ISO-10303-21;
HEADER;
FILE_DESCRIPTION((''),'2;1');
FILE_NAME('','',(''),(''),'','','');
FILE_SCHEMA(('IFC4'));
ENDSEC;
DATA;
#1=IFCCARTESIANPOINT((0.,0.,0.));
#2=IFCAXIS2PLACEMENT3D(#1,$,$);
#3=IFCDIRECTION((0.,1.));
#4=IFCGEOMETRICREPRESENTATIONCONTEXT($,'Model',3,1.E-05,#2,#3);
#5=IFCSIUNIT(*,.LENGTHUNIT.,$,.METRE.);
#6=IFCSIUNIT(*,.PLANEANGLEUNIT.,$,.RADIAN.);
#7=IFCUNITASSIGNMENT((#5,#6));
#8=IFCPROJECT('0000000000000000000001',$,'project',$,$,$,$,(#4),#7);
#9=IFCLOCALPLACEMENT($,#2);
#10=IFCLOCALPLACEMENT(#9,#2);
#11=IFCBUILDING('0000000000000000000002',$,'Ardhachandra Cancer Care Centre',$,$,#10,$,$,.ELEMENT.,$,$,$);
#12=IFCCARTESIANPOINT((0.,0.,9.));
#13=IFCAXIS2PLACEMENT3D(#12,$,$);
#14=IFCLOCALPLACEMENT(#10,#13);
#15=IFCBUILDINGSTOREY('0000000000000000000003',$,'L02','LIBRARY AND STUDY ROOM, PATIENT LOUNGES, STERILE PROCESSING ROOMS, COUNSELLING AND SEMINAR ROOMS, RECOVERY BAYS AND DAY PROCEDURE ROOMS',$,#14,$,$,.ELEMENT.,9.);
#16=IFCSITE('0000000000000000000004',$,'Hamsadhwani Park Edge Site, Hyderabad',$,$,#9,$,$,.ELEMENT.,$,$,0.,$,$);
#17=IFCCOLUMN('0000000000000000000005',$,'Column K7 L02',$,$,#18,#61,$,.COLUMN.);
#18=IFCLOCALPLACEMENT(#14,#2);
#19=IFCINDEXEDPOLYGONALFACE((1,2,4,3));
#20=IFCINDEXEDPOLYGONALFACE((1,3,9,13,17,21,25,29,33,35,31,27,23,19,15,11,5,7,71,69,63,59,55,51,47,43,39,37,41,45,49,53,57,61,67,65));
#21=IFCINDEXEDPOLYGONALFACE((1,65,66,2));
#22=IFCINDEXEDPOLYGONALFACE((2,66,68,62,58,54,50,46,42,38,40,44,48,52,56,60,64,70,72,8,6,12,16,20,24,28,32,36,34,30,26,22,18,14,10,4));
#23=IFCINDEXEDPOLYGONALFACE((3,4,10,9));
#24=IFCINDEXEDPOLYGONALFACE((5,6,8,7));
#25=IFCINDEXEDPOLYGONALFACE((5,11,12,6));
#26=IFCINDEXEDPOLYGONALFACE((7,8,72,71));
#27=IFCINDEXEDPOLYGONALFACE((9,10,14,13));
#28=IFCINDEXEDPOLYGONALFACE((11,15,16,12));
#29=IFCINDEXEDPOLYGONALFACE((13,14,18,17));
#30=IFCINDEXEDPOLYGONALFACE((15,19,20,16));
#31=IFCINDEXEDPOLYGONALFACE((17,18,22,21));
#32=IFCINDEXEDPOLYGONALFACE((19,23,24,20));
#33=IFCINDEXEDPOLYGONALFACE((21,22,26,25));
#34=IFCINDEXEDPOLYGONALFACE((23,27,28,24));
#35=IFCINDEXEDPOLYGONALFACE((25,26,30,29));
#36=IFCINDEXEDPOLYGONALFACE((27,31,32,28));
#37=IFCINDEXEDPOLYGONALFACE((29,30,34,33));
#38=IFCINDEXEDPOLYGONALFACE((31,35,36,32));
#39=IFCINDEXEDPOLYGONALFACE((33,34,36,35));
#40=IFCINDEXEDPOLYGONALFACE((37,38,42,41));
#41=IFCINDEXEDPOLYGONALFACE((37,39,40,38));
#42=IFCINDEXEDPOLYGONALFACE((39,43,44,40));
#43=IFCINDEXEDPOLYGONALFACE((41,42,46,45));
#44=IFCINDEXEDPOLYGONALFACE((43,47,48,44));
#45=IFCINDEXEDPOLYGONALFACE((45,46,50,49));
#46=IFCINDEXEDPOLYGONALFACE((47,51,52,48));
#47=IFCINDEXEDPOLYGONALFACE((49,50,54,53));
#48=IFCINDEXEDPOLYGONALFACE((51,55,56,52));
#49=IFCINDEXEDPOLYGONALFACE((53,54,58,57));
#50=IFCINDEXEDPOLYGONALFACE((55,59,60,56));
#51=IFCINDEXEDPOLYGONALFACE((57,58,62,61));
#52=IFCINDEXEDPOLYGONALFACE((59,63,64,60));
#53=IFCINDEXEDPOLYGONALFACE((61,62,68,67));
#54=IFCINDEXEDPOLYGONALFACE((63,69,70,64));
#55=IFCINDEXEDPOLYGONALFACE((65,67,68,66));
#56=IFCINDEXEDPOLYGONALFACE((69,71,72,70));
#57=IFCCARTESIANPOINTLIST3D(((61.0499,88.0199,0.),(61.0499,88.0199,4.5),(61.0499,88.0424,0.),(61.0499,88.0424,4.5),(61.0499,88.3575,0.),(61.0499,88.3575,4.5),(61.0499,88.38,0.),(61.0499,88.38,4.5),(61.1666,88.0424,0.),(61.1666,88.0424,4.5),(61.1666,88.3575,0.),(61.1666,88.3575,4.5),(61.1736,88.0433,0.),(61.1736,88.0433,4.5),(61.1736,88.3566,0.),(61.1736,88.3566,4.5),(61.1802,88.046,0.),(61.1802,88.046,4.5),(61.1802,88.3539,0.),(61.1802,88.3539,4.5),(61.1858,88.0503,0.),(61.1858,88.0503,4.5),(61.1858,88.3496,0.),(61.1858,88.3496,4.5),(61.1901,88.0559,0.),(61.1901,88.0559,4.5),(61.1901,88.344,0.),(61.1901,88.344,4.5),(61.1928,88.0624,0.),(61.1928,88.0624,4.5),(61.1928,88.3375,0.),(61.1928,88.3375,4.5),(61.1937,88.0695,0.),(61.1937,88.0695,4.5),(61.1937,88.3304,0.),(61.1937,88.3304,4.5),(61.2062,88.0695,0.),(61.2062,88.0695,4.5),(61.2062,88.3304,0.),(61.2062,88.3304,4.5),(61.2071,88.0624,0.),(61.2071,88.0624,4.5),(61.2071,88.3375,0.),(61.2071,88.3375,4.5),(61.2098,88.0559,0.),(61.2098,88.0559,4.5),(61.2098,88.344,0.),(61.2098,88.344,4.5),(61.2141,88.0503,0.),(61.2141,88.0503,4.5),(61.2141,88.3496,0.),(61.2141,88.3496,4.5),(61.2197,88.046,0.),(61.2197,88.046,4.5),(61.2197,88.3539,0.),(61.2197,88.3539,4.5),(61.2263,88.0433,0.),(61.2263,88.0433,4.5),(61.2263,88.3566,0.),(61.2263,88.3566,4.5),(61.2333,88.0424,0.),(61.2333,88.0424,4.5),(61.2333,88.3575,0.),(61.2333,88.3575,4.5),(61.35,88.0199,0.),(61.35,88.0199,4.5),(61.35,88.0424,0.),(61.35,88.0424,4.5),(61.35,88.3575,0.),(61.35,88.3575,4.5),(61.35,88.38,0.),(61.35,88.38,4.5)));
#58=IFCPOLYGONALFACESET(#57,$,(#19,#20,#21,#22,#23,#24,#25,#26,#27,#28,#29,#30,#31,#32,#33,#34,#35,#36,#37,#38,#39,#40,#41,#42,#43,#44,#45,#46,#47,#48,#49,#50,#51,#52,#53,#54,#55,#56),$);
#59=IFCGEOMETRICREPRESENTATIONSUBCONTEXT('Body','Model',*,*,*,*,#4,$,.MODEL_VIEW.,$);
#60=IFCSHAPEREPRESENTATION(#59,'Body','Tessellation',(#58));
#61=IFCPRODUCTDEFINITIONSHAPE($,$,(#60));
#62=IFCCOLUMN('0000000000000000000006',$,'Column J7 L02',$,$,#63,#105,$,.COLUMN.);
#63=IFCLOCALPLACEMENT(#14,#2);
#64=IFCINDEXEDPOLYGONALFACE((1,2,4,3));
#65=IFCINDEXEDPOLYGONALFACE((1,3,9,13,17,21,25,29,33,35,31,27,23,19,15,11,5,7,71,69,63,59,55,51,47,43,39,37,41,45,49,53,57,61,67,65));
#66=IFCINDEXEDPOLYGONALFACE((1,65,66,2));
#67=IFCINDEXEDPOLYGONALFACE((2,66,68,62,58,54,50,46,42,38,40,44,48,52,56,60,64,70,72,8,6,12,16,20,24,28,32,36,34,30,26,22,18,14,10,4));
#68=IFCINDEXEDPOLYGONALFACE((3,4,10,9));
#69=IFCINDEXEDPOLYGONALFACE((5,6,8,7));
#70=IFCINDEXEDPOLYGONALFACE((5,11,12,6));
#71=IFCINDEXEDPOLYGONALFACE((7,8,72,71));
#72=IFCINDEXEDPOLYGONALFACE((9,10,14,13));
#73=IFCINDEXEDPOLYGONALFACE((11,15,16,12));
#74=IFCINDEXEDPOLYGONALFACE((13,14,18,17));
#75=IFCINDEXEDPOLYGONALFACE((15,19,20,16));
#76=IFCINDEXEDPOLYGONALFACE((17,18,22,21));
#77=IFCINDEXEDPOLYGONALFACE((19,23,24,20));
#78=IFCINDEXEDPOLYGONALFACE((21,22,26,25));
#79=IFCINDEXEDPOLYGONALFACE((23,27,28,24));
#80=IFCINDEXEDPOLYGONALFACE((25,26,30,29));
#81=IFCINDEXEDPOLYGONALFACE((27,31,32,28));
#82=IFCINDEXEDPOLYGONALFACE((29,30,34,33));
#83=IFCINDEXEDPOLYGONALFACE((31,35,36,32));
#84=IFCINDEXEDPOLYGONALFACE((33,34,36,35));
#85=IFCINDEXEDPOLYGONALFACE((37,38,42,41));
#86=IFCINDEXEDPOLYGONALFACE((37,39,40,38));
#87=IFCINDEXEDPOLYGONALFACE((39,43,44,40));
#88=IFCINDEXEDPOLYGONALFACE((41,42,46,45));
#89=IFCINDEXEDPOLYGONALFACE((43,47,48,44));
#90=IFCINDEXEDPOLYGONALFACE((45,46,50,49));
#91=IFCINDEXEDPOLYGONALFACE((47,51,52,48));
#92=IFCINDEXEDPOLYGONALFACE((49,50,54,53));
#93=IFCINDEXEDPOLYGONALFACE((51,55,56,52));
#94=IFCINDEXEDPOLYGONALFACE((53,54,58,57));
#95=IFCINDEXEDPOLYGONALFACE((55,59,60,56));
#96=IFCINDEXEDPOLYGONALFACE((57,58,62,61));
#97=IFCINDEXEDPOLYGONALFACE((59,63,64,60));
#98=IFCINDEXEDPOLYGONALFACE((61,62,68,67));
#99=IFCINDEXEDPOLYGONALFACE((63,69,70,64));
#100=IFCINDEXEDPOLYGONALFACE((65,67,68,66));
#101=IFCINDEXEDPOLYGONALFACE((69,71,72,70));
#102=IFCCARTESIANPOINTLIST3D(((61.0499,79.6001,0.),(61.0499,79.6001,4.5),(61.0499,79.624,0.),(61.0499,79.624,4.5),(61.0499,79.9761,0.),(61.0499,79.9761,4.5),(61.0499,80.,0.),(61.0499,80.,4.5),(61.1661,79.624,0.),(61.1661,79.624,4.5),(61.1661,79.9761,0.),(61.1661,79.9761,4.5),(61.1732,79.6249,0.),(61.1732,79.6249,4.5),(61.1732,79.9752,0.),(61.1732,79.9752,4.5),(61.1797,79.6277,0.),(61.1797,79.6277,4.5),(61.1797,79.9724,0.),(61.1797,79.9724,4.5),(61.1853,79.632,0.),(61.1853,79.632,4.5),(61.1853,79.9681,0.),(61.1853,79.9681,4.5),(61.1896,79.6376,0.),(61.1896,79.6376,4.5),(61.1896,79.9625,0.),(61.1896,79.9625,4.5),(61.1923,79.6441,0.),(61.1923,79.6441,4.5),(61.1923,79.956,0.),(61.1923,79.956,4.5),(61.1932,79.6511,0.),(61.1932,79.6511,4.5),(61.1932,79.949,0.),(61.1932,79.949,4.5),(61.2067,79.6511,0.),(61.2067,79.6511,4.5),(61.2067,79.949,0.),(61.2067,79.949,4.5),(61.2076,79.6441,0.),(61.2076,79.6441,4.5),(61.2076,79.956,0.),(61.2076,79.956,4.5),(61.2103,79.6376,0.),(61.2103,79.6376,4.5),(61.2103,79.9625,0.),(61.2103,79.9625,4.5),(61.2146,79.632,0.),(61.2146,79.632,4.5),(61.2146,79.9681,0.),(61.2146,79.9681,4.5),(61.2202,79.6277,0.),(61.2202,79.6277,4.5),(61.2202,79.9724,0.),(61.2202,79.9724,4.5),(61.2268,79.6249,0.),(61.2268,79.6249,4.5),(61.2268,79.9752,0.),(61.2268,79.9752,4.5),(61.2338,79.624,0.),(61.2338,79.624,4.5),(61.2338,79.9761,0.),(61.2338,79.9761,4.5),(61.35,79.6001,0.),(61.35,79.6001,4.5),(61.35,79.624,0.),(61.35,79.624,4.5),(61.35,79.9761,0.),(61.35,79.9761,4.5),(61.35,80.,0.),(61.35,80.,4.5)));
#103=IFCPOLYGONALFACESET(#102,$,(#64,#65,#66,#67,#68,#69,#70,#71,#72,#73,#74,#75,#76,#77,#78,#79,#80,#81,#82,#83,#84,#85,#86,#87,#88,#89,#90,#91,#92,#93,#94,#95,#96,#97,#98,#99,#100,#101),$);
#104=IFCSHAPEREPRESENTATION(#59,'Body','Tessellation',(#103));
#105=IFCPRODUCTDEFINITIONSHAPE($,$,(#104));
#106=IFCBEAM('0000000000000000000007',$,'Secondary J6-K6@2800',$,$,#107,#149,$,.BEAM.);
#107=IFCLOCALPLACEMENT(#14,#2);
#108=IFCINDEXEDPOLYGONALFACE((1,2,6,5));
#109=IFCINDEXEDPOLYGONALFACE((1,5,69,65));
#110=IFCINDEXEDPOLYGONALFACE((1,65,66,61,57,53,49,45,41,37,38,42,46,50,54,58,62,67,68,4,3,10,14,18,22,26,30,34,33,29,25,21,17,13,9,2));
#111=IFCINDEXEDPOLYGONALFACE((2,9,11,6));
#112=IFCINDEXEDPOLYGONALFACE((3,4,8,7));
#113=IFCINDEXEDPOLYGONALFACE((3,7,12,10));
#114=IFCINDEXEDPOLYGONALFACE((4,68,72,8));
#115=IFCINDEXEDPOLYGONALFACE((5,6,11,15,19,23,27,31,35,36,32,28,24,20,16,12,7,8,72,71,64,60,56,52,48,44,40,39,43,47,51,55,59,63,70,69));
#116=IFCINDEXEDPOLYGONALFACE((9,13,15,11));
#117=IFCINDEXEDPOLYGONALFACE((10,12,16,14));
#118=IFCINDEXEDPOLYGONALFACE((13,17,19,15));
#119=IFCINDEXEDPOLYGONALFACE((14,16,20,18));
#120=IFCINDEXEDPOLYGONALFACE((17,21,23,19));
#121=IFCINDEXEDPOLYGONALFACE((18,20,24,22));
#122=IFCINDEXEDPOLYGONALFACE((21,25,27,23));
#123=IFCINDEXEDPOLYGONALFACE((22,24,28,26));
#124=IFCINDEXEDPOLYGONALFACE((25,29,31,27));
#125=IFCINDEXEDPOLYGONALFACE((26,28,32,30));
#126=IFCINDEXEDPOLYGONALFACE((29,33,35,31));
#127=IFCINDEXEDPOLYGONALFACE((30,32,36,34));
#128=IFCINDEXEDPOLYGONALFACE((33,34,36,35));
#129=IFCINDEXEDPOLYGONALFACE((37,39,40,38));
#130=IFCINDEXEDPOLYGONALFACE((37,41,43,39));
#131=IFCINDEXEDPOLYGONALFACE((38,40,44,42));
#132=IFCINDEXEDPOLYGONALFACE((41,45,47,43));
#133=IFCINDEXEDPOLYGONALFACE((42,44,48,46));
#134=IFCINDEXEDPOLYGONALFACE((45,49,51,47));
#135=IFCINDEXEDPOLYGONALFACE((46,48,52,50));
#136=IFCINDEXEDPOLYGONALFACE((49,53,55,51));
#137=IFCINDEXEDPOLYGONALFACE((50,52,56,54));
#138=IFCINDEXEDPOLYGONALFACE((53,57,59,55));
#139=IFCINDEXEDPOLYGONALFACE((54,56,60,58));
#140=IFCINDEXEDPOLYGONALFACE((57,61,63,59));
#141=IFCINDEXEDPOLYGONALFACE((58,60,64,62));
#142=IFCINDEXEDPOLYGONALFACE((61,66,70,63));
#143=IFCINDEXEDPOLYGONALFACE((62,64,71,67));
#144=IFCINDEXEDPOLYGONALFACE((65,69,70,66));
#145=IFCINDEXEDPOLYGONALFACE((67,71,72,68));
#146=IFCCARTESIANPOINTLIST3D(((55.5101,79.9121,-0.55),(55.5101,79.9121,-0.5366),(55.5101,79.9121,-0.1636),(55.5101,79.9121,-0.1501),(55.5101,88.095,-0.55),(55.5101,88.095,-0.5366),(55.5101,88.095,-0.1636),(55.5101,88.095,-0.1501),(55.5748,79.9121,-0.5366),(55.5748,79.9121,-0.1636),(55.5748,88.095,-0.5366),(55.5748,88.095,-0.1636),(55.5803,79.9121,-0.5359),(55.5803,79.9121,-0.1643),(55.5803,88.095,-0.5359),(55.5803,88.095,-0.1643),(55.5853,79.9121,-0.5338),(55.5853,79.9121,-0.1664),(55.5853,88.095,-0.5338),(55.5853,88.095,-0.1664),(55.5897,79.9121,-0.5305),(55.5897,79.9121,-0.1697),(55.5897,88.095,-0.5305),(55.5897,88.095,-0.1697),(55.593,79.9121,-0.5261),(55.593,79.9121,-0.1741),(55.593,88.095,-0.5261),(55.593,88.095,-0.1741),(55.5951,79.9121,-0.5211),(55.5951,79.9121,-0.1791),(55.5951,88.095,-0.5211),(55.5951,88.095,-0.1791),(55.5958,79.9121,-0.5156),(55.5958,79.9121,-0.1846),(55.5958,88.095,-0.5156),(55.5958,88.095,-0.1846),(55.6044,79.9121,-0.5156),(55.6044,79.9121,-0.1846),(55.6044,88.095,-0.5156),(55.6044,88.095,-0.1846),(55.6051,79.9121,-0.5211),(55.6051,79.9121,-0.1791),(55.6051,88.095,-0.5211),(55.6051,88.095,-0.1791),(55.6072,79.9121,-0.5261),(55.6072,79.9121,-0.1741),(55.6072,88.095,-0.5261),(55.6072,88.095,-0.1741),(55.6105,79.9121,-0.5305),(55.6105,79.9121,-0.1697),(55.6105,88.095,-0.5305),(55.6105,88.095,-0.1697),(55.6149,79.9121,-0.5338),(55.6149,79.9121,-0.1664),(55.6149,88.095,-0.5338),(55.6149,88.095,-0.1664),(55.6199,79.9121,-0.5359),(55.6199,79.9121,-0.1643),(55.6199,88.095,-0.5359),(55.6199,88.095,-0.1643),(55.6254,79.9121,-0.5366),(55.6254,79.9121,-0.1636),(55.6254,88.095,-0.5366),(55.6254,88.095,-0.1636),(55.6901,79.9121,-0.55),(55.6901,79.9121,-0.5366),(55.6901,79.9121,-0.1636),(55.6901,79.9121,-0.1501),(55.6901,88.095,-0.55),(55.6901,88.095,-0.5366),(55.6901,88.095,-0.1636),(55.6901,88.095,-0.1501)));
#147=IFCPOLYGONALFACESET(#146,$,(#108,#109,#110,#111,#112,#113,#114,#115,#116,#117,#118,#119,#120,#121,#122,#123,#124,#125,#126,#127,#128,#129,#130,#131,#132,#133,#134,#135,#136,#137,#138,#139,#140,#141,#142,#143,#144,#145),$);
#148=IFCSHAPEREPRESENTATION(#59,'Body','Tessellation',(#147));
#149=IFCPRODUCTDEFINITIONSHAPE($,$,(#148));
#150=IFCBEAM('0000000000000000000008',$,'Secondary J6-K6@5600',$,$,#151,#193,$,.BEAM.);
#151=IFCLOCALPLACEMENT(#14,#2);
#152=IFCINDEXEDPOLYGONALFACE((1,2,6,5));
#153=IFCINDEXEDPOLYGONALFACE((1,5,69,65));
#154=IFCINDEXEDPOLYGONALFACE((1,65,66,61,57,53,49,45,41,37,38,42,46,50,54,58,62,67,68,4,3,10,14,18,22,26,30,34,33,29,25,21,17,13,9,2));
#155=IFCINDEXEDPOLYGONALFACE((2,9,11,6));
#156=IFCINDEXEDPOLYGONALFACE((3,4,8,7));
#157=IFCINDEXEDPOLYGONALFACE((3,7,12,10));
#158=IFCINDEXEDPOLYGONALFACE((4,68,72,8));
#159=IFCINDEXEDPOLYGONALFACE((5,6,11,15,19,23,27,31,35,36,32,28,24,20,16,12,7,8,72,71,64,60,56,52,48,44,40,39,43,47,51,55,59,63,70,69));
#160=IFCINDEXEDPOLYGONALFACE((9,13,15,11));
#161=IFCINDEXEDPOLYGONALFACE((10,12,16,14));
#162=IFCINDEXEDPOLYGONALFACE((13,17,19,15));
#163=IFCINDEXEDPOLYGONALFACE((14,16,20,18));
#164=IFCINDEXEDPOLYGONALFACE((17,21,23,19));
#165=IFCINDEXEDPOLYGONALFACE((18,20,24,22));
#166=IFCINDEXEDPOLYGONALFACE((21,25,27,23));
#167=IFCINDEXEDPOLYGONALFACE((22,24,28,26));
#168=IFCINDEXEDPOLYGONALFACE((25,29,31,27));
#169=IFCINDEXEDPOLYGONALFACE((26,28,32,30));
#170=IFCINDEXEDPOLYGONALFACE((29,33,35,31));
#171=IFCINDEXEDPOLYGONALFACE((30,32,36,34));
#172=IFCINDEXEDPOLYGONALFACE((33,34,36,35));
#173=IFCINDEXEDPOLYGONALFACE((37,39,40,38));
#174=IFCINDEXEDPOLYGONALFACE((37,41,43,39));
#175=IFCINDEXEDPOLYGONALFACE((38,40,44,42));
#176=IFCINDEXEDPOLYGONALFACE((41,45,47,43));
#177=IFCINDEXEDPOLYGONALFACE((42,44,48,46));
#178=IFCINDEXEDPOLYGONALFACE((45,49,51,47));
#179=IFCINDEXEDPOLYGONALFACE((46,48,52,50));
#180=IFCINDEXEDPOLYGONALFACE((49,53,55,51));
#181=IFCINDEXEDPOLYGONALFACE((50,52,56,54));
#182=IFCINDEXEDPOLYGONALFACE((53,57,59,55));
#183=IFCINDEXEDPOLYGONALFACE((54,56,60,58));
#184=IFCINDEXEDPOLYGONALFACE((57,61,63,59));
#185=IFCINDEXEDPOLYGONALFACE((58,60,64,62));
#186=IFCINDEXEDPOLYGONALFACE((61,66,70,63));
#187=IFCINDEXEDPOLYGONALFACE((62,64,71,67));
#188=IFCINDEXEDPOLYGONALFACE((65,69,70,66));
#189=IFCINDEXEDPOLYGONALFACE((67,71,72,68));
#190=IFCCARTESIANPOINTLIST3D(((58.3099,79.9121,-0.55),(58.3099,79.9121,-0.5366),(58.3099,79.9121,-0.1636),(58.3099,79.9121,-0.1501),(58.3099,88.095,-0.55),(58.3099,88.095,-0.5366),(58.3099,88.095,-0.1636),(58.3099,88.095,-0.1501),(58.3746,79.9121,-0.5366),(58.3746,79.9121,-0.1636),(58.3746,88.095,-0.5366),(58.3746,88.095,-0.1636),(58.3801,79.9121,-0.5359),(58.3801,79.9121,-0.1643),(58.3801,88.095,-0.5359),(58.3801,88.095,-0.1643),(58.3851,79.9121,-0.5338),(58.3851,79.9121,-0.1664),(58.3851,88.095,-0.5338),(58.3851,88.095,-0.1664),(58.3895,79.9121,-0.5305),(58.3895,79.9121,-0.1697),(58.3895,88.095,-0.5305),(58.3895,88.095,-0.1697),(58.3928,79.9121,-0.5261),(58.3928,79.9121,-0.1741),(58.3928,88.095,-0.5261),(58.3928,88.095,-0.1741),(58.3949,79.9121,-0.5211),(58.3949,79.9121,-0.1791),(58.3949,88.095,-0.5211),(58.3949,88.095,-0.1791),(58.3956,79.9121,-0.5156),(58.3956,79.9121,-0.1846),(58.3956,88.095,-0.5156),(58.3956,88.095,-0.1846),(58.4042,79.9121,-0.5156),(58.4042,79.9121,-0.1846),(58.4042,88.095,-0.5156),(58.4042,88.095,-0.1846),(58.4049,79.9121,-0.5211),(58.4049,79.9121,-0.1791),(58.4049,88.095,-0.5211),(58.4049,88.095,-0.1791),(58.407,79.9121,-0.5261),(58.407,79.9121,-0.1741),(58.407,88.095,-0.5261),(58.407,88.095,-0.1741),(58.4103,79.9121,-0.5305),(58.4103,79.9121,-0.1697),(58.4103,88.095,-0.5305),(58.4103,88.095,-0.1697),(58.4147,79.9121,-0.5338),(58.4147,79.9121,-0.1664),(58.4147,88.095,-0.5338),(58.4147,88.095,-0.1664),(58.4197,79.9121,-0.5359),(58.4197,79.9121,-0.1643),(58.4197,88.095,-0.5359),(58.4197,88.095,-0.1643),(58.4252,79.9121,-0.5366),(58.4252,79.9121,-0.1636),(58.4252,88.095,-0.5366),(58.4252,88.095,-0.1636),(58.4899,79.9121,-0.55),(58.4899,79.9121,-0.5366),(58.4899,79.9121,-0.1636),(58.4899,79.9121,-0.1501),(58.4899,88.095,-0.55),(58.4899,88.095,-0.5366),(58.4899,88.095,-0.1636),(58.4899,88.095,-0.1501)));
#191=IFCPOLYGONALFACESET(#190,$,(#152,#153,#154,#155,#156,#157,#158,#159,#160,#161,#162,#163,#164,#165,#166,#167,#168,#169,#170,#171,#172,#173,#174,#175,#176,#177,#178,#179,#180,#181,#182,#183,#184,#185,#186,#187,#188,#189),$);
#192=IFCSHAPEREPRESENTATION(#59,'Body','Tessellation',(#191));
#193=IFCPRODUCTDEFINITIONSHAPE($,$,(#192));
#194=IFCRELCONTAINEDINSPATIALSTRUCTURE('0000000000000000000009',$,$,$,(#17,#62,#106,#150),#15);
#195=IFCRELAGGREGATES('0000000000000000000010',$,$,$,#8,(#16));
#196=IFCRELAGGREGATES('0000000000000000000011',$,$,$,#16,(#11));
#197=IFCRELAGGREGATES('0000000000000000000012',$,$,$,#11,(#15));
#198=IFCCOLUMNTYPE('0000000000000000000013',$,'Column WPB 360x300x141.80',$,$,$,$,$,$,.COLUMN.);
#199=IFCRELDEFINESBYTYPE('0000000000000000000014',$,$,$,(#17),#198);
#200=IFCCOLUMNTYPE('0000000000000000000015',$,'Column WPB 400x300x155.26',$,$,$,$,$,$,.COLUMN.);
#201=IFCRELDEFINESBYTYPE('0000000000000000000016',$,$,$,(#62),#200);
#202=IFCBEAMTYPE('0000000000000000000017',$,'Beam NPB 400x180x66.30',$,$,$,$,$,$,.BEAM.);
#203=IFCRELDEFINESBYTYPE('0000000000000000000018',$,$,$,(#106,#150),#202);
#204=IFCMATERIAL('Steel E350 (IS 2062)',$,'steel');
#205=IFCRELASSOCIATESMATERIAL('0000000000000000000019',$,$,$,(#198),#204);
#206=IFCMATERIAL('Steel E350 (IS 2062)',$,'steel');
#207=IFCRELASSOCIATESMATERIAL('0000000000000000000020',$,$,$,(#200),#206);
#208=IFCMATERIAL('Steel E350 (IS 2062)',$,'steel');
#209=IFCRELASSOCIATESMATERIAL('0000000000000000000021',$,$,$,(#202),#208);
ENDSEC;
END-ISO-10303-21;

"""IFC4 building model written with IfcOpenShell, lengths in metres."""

from ifc_helpers import new_model, si_unit, direction, frame, origin, origin_2d, place, context, subcontext, project, spatial, i_section, extrude, material, material_profile, profile_set, type_object, element, save


model = new_model("IFC4")

# Units and contexts
model_context = context("Model", 3, precision=1e-05, world=origin(), true_north=direction((0.0, 1.0)))
body_context = subcontext(model_context, "Body", "Model", "MODEL_VIEW")
ifc_project = project(units=[si_unit("LENGTHUNIT", "METRE"), si_unit("PLANEANGLEUNIT", "RADIAN")], contexts=[model_context])

# Site, building, storey
site_placement = place(None, origin())
site = spatial("IfcSite", under=ifc_project, at=site_placement, Name="Hamsadhwani Park Edge Site, Hyderabad", CompositionType="ELEMENT", RefElevation=0.0)
building_placement = place(site_placement, origin())
building = spatial("IfcBuilding", under=site, at=building_placement, Name="Ardhachandra Cancer Care Centre", CompositionType="ELEMENT")
storey_placement = place(building_placement, frame((0.0, 0.0, 9.0)))
storey = spatial("IfcBuildingStorey", under=building, at=storey_placement, Name="L02", Description="LIBRARY AND STUDY ROOM, PATIENT LOUNGES, STERILE PROCESSING ROOMS, COUNSELLING AND SEMINAR ROOMS, RECOVERY BAYS AND DAY PROCEDURE ROOMS", CompositionType="ELEMENT", Elevation=9.0)

# Columns
ifc_material_1 = material(Name="Steel E350 (IS 2062)", Category="steel")
ifc_material_profile_1 = material_profile(ifc_material_1, i_section(OverallWidth=0.3, OverallDepth=0.3601, WebThickness=0.0125, FlangeThickness=0.0225, FilletRadius=0.0271, at=origin_2d()), Name="WPB 360x300x141.80")
ifc_profile_set_1 = profile_set([ifc_material_profile_1], Name="Steel E350 (IS 2062)")
column_type_1 = type_object("IfcColumnType", Name="Column WPB 360x300x141.80", PredefinedType="COLUMN", material=ifc_profile_set_1)
column_1_placement = place(storey_placement, frame((61.2, 88.2, 0.0), z_axis=(0.0, 0.0, 1.0), x_axis=(1.0, 0.0, 0.0)))
element("IfcColumn", 1, at=column_1_placement, inside=storey, type_object=column_type_1, Name="Column K7 L02", PredefinedType="COLUMN", context=body_context, shape_type="SweptSolid", body=[
    extrude(i_section(OverallWidth=0.3, OverallDepth=0.3601, WebThickness=0.0125, FlangeThickness=0.0225, FilletRadius=0.0271, at=origin_2d()), origin(), (0.0, 0.0, 1.0), 4.5),
])
ifc_material_2 = material(Name="Steel E350 (IS 2062)", Category="steel")
ifc_material_profile_2 = material_profile(ifc_material_2, i_section(OverallWidth=0.3, OverallDepth=0.3999, WebThickness=0.0134, FlangeThickness=0.0239, FilletRadius=0.0271, at=origin_2d()), Name="WPB 400x300x155.26")
ifc_profile_set_2 = profile_set([ifc_material_profile_2], Name="Steel E350 (IS 2062)")
column_type_2 = type_object("IfcColumnType", Name="Column WPB 400x300x155.26", PredefinedType="COLUMN", material=ifc_profile_set_2)
column_2_placement = place(storey_placement, frame((61.2, 79.8, 0.0), z_axis=(0.0, 0.0, 1.0), x_axis=(1.0, 0.0, 0.0)))
element("IfcColumn", 2, at=column_2_placement, inside=storey, type_object=column_type_2, Name="Column J7 L02", PredefinedType="COLUMN", context=body_context, shape_type="SweptSolid", body=[
    extrude(i_section(OverallWidth=0.3, OverallDepth=0.3999, WebThickness=0.0134, FlangeThickness=0.0239, FilletRadius=0.0271, at=origin_2d()), origin(), (0.0, 0.0, 1.0), 4.5),
])

# Beams
ifc_material_3 = material(Name="Steel E350 (IS 2062)", Category="steel")
ifc_material_profile_3 = material_profile(ifc_material_3, i_section(OverallWidth=0.1799, OverallDepth=0.3999, WebThickness=0.0085, FlangeThickness=0.0134, FilletRadius=0.021, at=origin_2d()), Name="NPB 400x180x66.30")
ifc_profile_set_3 = profile_set([ifc_material_profile_3], Name="Steel E350 (IS 2062)")
beam_type_1 = type_object("IfcBeamType", Name="Beam NPB 400x180x66.30", PredefinedType="BEAM", material=ifc_profile_set_3)
for number, where, z_axis, x_axis, name in (
    (3, (55.6001, 79.9121, -0.3501), (0.0, 1.0, 0.0), (-1.0, 0.0, 0.0), "Secondary J6-K6@2800"),
    (4, (58.3999, 79.9121, -0.3501), (0.0, 1.0, 0.0), (-1.0, 0.0, 0.0), "Secondary J6-K6@5600"),
):
    element("IfcBeam", number, at=place(storey_placement, frame(where, z_axis=z_axis, x_axis=x_axis)), inside=storey, type_object=beam_type_1, Name=name, PredefinedType="BEAM", context=body_context, shape_type="SweptSolid", body=[
        extrude(i_section(OverallWidth=0.1799, OverallDepth=0.3999, WebThickness=0.0085, FlangeThickness=0.0134, FilletRadius=0.021, at=origin_2d()), origin(), (0.0, 0.0, 1.0), 8.1829),
    ])

save(model, "model.ifc")
